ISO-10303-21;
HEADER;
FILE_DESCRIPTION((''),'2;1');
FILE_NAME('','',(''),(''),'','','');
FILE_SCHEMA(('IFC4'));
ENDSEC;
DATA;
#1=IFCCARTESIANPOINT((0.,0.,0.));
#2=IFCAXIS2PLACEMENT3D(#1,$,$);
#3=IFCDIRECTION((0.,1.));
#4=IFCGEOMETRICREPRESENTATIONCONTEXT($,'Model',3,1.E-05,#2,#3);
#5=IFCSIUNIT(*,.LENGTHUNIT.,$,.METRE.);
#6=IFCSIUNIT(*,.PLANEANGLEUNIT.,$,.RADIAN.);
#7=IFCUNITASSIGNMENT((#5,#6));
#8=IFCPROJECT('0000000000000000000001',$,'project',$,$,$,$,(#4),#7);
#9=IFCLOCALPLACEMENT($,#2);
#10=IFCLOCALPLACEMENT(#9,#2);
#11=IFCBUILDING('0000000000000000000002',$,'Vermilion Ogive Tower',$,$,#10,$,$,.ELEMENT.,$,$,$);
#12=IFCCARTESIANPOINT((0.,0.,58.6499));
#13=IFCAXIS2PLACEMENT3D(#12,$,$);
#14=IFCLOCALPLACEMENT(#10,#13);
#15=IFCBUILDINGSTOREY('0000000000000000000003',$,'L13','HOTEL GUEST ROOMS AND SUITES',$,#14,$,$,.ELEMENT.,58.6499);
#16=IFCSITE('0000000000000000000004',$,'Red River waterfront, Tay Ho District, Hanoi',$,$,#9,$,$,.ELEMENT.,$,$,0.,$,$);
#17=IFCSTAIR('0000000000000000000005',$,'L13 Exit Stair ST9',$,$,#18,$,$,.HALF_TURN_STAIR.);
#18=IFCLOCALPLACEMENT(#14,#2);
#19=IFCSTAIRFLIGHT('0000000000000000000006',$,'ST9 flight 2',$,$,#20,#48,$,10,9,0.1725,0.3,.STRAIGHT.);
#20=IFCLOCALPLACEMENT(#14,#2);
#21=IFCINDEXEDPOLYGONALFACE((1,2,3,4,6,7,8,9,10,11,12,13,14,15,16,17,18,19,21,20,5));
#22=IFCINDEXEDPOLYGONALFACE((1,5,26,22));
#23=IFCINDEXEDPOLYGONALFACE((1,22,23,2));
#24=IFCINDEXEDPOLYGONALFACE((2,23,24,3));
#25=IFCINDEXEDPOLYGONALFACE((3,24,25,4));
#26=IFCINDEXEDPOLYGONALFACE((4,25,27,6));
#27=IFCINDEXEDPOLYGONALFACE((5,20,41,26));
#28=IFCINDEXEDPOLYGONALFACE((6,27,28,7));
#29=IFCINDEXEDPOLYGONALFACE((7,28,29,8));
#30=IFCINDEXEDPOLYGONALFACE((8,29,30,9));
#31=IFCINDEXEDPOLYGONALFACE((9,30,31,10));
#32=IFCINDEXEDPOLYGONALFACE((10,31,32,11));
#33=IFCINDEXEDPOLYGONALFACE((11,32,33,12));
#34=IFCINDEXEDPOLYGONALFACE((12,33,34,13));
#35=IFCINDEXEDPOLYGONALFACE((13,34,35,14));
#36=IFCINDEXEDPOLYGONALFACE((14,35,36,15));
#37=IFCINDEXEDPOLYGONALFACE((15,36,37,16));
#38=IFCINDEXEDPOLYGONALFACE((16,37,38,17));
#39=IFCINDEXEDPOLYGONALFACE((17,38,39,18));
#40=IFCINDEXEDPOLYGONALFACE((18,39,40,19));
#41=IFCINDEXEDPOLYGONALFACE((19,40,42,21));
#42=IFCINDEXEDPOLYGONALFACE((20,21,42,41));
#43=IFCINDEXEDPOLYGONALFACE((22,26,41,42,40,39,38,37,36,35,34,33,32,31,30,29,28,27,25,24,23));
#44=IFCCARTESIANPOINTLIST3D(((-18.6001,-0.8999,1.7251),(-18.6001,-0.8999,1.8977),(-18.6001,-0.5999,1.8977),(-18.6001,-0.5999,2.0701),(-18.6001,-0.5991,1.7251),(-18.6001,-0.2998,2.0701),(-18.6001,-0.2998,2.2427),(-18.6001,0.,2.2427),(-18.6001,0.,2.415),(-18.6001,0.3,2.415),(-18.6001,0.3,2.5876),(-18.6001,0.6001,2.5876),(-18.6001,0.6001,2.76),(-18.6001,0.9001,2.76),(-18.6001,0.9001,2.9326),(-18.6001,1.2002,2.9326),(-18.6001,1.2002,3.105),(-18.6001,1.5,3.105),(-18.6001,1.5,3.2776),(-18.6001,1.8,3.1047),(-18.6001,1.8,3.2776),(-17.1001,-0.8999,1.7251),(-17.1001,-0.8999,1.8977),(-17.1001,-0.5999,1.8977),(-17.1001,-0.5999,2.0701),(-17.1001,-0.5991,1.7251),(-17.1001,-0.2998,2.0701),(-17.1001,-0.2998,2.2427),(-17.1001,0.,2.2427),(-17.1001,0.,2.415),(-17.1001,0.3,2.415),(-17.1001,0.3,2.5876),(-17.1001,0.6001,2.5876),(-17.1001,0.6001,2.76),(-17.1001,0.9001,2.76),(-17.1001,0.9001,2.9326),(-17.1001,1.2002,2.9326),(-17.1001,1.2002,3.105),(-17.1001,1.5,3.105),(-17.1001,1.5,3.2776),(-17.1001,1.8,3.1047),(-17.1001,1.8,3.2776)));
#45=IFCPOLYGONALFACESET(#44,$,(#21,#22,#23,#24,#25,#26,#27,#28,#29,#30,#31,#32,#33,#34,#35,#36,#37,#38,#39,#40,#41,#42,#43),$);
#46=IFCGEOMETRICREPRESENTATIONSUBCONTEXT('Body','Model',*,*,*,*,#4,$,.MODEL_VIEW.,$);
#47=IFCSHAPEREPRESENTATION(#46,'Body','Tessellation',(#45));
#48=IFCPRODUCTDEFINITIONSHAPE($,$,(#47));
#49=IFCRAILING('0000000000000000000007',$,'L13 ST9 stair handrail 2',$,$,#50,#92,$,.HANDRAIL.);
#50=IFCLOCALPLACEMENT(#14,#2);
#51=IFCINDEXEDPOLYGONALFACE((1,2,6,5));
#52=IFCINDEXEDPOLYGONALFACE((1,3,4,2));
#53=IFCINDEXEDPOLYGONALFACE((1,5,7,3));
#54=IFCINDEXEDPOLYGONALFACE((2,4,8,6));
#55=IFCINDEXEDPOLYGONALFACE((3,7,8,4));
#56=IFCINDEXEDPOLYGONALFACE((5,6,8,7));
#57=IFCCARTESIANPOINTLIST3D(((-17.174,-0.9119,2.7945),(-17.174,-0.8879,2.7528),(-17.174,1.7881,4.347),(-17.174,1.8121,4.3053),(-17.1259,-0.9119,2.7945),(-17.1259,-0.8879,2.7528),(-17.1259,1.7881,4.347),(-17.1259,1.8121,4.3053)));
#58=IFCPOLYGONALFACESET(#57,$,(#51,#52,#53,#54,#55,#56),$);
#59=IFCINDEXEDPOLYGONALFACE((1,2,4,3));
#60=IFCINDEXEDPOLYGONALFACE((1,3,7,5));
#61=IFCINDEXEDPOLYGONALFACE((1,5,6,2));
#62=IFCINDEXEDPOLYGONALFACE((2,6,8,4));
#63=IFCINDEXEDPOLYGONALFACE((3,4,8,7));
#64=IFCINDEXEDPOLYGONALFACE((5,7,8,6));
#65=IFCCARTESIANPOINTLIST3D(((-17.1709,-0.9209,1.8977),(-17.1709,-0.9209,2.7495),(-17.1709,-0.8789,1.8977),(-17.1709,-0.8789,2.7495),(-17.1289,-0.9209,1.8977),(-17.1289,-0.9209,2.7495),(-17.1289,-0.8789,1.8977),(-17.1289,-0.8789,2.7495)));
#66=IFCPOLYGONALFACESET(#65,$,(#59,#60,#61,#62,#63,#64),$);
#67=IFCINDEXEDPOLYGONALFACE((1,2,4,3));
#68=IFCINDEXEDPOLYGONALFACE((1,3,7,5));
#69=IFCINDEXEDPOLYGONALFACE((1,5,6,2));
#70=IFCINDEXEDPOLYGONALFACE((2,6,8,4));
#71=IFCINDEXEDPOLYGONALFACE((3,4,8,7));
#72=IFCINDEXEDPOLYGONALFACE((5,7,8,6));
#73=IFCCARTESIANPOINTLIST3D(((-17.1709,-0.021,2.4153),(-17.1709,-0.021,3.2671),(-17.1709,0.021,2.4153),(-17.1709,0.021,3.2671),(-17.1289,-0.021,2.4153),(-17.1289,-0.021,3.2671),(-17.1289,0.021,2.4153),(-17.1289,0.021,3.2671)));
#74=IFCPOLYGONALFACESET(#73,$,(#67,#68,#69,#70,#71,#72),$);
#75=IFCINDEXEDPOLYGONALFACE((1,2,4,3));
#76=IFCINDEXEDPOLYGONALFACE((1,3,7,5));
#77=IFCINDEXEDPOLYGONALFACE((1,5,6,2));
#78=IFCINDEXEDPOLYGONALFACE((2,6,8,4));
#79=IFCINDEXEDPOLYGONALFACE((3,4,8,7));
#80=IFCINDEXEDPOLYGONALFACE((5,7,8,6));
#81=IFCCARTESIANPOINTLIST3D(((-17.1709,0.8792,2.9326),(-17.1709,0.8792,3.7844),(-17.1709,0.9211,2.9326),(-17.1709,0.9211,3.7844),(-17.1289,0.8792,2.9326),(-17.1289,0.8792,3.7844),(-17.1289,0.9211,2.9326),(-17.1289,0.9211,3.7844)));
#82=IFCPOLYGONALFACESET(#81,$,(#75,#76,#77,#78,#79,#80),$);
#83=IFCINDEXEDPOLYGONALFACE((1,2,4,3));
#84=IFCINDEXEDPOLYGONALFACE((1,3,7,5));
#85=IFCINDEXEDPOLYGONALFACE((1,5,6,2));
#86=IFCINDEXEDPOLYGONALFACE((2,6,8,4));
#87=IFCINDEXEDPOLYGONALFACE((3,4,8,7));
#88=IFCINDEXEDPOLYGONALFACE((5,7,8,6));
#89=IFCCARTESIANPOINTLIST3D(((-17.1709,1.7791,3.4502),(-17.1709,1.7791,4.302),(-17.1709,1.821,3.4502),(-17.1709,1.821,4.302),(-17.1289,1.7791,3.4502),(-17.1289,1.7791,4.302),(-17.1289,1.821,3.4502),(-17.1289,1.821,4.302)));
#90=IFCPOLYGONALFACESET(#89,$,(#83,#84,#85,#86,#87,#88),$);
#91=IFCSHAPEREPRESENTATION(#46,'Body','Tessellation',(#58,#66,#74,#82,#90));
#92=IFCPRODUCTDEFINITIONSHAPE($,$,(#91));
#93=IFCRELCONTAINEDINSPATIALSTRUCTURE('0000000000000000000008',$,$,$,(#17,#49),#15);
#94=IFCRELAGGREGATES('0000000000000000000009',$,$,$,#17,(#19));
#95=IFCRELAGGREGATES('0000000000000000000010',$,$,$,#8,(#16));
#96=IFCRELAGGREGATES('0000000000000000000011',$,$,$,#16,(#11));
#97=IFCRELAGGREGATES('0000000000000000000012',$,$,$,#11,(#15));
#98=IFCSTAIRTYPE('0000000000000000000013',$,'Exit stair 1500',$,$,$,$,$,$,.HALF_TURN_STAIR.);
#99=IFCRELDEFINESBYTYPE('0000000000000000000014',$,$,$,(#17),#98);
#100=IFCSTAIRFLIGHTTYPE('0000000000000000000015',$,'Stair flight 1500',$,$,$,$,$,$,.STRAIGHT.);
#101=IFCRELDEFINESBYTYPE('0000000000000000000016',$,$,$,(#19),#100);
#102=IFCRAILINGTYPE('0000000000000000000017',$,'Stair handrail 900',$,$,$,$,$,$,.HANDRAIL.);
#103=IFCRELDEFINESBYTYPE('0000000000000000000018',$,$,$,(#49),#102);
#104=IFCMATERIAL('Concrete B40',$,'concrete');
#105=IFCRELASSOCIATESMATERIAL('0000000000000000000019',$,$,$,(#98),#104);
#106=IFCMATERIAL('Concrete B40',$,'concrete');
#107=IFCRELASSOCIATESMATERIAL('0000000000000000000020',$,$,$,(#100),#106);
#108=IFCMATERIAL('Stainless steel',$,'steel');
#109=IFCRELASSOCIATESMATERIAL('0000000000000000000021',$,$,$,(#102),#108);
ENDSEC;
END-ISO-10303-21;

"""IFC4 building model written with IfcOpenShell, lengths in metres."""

from ifc_helpers import new_model, si_unit, direction, frame, origin, origin_2d, place, context, subcontext, project, spatial, polyline, rectangle, outline, extrude, material, type_object, element, aggregate, save


model = new_model("IFC4")

# Units and contexts
model_context = context("Model", 3, precision=1e-05, world=origin(), true_north=direction((0.0, 1.0)))
body_context = subcontext(model_context, "Body", "Model", "MODEL_VIEW")
ifc_project = project(units=[si_unit("LENGTHUNIT", "METRE"), si_unit("PLANEANGLEUNIT", "RADIAN")], contexts=[model_context])

# Site, building, storey
site_placement = place(None, origin())
site = spatial("IfcSite", under=ifc_project, at=site_placement, Name="Red River waterfront, Tay Ho District, Hanoi", CompositionType="ELEMENT", RefElevation=0.0)
building_placement = place(site_placement, origin())
building = spatial("IfcBuilding", under=site, at=building_placement, Name="Vermilion Ogive Tower", CompositionType="ELEMENT")
storey_placement = place(building_placement, frame((0.0, 0.0, 58.6499)))
storey = spatial("IfcBuildingStorey", under=building, at=storey_placement, Name="L13", Description="HOTEL GUEST ROOMS AND SUITES", CompositionType="ELEMENT", Elevation=58.6499)

# Stair, stair flight
ifc_material_1 = material(Name="Concrete B40", Category="concrete")
stair_type = type_object("IfcStairType", Name="Exit stair 1500", PredefinedType="HALF_TURN_STAIR", material=ifc_material_1)
stair_placement = place(storey_placement, origin())
stair = element("IfcStair", 1, at=stair_placement, inside=storey, type_object=stair_type, Name="L13 Exit Stair ST9", PredefinedType="HALF_TURN_STAIR")
ifc_material_2 = material(Name="Concrete B40", Category="concrete")
stair_flight_type = type_object("IfcStairFlightType", Name="Stair flight 1500", PredefinedType="STRAIGHT", material=ifc_material_2)
stair_flight_placement = place(storey_placement, frame((-17.8501, -0.8999, 1.7251), z_axis=(0.0, 0.0, 1.0), x_axis=(0.0, 1.0, 0.0)))
stair_flight = element("IfcStairFlight", 2, at=stair_flight_placement, type_object=stair_flight_type, Name="ST9 flight 2", NumberOfRisers=10, NumberOfTreads=9, PredefinedType="STRAIGHT", RiserHeight=0.1725, TreadLength=0.3, context=body_context, shape_type="SweptSolid", body=[
    extrude(outline(polyline([(0.0, 0.0), (0.0, 0.1726), (0.3, 0.1726), (0.3, 0.345), (0.6001, 0.345), (0.6001, 0.5176), (0.8999, 0.5176), (0.8999, 0.6899), (1.2, 0.6899), (1.2, 0.8625), (1.5, 0.8625), (1.5, 1.0349), (1.8, 1.0349), (1.8, 1.2075), (2.1001, 1.2075), (2.1001, 1.3799), (2.3999, 1.3799), (2.3999, 1.5525), (2.7, 1.5525), (2.7, 1.7251), (2.7, 1.3796), (0.3008, 0.0), (0.0, 0.0)])), frame((0.0, 0.75, 0.0), z_axis=(0.0, -1.0, 0.0), x_axis=(1.0, 0.0, 0.0)), (0.0, 0.0, 1.0), 1.5),
])
aggregate(stair, [stair_flight])

# Railing
ifc_material_3 = material(Name="Stainless steel", Category="steel")
railing_type = type_object("IfcRailingType", Name="Stair handrail 900", PredefinedType="HANDRAIL", material=ifc_material_3)
railing_placement = place(storey_placement, frame((-17.1499, -0.8999, 1.8977)))
element("IfcRailing", 3, at=railing_placement, inside=storey, type_object=railing_type, Name="L13 ST9 stair handrail 2", PredefinedType="HANDRAIL", context=body_context, shape_type="SweptSolid", body=[
    extrude(rectangle(XDim=0.0481, YDim=0.0481, at=origin_2d()), frame((0.0, 0.0, 0.876), z_axis=(0.0, 0.866904, 0.498476), x_axis=(-1.0, 0.0, 0.0)), (0.0, 0.0, 1.0), 3.1145),
    extrude(rectangle(XDim=0.042, YDim=0.042, at=origin_2d()), origin(), (0.0, 0.0, 1.0), 0.8518),
    extrude(rectangle(XDim=0.042, YDim=0.042, at=origin_2d()), frame((0.0, 0.8999, 0.5176)), (0.0, 0.0, 1.0), 0.8518),
    extrude(rectangle(XDim=0.042, YDim=0.042, at=origin_2d()), frame((0.0, 1.8, 1.0349)), (0.0, 0.0, 1.0), 0.8518),
    extrude(rectangle(XDim=0.042, YDim=0.042, at=origin_2d()), frame((0.0, 2.7, 1.5525)), (0.0, 0.0, 1.0), 0.8518),
])

save(model, "model.ifc")
